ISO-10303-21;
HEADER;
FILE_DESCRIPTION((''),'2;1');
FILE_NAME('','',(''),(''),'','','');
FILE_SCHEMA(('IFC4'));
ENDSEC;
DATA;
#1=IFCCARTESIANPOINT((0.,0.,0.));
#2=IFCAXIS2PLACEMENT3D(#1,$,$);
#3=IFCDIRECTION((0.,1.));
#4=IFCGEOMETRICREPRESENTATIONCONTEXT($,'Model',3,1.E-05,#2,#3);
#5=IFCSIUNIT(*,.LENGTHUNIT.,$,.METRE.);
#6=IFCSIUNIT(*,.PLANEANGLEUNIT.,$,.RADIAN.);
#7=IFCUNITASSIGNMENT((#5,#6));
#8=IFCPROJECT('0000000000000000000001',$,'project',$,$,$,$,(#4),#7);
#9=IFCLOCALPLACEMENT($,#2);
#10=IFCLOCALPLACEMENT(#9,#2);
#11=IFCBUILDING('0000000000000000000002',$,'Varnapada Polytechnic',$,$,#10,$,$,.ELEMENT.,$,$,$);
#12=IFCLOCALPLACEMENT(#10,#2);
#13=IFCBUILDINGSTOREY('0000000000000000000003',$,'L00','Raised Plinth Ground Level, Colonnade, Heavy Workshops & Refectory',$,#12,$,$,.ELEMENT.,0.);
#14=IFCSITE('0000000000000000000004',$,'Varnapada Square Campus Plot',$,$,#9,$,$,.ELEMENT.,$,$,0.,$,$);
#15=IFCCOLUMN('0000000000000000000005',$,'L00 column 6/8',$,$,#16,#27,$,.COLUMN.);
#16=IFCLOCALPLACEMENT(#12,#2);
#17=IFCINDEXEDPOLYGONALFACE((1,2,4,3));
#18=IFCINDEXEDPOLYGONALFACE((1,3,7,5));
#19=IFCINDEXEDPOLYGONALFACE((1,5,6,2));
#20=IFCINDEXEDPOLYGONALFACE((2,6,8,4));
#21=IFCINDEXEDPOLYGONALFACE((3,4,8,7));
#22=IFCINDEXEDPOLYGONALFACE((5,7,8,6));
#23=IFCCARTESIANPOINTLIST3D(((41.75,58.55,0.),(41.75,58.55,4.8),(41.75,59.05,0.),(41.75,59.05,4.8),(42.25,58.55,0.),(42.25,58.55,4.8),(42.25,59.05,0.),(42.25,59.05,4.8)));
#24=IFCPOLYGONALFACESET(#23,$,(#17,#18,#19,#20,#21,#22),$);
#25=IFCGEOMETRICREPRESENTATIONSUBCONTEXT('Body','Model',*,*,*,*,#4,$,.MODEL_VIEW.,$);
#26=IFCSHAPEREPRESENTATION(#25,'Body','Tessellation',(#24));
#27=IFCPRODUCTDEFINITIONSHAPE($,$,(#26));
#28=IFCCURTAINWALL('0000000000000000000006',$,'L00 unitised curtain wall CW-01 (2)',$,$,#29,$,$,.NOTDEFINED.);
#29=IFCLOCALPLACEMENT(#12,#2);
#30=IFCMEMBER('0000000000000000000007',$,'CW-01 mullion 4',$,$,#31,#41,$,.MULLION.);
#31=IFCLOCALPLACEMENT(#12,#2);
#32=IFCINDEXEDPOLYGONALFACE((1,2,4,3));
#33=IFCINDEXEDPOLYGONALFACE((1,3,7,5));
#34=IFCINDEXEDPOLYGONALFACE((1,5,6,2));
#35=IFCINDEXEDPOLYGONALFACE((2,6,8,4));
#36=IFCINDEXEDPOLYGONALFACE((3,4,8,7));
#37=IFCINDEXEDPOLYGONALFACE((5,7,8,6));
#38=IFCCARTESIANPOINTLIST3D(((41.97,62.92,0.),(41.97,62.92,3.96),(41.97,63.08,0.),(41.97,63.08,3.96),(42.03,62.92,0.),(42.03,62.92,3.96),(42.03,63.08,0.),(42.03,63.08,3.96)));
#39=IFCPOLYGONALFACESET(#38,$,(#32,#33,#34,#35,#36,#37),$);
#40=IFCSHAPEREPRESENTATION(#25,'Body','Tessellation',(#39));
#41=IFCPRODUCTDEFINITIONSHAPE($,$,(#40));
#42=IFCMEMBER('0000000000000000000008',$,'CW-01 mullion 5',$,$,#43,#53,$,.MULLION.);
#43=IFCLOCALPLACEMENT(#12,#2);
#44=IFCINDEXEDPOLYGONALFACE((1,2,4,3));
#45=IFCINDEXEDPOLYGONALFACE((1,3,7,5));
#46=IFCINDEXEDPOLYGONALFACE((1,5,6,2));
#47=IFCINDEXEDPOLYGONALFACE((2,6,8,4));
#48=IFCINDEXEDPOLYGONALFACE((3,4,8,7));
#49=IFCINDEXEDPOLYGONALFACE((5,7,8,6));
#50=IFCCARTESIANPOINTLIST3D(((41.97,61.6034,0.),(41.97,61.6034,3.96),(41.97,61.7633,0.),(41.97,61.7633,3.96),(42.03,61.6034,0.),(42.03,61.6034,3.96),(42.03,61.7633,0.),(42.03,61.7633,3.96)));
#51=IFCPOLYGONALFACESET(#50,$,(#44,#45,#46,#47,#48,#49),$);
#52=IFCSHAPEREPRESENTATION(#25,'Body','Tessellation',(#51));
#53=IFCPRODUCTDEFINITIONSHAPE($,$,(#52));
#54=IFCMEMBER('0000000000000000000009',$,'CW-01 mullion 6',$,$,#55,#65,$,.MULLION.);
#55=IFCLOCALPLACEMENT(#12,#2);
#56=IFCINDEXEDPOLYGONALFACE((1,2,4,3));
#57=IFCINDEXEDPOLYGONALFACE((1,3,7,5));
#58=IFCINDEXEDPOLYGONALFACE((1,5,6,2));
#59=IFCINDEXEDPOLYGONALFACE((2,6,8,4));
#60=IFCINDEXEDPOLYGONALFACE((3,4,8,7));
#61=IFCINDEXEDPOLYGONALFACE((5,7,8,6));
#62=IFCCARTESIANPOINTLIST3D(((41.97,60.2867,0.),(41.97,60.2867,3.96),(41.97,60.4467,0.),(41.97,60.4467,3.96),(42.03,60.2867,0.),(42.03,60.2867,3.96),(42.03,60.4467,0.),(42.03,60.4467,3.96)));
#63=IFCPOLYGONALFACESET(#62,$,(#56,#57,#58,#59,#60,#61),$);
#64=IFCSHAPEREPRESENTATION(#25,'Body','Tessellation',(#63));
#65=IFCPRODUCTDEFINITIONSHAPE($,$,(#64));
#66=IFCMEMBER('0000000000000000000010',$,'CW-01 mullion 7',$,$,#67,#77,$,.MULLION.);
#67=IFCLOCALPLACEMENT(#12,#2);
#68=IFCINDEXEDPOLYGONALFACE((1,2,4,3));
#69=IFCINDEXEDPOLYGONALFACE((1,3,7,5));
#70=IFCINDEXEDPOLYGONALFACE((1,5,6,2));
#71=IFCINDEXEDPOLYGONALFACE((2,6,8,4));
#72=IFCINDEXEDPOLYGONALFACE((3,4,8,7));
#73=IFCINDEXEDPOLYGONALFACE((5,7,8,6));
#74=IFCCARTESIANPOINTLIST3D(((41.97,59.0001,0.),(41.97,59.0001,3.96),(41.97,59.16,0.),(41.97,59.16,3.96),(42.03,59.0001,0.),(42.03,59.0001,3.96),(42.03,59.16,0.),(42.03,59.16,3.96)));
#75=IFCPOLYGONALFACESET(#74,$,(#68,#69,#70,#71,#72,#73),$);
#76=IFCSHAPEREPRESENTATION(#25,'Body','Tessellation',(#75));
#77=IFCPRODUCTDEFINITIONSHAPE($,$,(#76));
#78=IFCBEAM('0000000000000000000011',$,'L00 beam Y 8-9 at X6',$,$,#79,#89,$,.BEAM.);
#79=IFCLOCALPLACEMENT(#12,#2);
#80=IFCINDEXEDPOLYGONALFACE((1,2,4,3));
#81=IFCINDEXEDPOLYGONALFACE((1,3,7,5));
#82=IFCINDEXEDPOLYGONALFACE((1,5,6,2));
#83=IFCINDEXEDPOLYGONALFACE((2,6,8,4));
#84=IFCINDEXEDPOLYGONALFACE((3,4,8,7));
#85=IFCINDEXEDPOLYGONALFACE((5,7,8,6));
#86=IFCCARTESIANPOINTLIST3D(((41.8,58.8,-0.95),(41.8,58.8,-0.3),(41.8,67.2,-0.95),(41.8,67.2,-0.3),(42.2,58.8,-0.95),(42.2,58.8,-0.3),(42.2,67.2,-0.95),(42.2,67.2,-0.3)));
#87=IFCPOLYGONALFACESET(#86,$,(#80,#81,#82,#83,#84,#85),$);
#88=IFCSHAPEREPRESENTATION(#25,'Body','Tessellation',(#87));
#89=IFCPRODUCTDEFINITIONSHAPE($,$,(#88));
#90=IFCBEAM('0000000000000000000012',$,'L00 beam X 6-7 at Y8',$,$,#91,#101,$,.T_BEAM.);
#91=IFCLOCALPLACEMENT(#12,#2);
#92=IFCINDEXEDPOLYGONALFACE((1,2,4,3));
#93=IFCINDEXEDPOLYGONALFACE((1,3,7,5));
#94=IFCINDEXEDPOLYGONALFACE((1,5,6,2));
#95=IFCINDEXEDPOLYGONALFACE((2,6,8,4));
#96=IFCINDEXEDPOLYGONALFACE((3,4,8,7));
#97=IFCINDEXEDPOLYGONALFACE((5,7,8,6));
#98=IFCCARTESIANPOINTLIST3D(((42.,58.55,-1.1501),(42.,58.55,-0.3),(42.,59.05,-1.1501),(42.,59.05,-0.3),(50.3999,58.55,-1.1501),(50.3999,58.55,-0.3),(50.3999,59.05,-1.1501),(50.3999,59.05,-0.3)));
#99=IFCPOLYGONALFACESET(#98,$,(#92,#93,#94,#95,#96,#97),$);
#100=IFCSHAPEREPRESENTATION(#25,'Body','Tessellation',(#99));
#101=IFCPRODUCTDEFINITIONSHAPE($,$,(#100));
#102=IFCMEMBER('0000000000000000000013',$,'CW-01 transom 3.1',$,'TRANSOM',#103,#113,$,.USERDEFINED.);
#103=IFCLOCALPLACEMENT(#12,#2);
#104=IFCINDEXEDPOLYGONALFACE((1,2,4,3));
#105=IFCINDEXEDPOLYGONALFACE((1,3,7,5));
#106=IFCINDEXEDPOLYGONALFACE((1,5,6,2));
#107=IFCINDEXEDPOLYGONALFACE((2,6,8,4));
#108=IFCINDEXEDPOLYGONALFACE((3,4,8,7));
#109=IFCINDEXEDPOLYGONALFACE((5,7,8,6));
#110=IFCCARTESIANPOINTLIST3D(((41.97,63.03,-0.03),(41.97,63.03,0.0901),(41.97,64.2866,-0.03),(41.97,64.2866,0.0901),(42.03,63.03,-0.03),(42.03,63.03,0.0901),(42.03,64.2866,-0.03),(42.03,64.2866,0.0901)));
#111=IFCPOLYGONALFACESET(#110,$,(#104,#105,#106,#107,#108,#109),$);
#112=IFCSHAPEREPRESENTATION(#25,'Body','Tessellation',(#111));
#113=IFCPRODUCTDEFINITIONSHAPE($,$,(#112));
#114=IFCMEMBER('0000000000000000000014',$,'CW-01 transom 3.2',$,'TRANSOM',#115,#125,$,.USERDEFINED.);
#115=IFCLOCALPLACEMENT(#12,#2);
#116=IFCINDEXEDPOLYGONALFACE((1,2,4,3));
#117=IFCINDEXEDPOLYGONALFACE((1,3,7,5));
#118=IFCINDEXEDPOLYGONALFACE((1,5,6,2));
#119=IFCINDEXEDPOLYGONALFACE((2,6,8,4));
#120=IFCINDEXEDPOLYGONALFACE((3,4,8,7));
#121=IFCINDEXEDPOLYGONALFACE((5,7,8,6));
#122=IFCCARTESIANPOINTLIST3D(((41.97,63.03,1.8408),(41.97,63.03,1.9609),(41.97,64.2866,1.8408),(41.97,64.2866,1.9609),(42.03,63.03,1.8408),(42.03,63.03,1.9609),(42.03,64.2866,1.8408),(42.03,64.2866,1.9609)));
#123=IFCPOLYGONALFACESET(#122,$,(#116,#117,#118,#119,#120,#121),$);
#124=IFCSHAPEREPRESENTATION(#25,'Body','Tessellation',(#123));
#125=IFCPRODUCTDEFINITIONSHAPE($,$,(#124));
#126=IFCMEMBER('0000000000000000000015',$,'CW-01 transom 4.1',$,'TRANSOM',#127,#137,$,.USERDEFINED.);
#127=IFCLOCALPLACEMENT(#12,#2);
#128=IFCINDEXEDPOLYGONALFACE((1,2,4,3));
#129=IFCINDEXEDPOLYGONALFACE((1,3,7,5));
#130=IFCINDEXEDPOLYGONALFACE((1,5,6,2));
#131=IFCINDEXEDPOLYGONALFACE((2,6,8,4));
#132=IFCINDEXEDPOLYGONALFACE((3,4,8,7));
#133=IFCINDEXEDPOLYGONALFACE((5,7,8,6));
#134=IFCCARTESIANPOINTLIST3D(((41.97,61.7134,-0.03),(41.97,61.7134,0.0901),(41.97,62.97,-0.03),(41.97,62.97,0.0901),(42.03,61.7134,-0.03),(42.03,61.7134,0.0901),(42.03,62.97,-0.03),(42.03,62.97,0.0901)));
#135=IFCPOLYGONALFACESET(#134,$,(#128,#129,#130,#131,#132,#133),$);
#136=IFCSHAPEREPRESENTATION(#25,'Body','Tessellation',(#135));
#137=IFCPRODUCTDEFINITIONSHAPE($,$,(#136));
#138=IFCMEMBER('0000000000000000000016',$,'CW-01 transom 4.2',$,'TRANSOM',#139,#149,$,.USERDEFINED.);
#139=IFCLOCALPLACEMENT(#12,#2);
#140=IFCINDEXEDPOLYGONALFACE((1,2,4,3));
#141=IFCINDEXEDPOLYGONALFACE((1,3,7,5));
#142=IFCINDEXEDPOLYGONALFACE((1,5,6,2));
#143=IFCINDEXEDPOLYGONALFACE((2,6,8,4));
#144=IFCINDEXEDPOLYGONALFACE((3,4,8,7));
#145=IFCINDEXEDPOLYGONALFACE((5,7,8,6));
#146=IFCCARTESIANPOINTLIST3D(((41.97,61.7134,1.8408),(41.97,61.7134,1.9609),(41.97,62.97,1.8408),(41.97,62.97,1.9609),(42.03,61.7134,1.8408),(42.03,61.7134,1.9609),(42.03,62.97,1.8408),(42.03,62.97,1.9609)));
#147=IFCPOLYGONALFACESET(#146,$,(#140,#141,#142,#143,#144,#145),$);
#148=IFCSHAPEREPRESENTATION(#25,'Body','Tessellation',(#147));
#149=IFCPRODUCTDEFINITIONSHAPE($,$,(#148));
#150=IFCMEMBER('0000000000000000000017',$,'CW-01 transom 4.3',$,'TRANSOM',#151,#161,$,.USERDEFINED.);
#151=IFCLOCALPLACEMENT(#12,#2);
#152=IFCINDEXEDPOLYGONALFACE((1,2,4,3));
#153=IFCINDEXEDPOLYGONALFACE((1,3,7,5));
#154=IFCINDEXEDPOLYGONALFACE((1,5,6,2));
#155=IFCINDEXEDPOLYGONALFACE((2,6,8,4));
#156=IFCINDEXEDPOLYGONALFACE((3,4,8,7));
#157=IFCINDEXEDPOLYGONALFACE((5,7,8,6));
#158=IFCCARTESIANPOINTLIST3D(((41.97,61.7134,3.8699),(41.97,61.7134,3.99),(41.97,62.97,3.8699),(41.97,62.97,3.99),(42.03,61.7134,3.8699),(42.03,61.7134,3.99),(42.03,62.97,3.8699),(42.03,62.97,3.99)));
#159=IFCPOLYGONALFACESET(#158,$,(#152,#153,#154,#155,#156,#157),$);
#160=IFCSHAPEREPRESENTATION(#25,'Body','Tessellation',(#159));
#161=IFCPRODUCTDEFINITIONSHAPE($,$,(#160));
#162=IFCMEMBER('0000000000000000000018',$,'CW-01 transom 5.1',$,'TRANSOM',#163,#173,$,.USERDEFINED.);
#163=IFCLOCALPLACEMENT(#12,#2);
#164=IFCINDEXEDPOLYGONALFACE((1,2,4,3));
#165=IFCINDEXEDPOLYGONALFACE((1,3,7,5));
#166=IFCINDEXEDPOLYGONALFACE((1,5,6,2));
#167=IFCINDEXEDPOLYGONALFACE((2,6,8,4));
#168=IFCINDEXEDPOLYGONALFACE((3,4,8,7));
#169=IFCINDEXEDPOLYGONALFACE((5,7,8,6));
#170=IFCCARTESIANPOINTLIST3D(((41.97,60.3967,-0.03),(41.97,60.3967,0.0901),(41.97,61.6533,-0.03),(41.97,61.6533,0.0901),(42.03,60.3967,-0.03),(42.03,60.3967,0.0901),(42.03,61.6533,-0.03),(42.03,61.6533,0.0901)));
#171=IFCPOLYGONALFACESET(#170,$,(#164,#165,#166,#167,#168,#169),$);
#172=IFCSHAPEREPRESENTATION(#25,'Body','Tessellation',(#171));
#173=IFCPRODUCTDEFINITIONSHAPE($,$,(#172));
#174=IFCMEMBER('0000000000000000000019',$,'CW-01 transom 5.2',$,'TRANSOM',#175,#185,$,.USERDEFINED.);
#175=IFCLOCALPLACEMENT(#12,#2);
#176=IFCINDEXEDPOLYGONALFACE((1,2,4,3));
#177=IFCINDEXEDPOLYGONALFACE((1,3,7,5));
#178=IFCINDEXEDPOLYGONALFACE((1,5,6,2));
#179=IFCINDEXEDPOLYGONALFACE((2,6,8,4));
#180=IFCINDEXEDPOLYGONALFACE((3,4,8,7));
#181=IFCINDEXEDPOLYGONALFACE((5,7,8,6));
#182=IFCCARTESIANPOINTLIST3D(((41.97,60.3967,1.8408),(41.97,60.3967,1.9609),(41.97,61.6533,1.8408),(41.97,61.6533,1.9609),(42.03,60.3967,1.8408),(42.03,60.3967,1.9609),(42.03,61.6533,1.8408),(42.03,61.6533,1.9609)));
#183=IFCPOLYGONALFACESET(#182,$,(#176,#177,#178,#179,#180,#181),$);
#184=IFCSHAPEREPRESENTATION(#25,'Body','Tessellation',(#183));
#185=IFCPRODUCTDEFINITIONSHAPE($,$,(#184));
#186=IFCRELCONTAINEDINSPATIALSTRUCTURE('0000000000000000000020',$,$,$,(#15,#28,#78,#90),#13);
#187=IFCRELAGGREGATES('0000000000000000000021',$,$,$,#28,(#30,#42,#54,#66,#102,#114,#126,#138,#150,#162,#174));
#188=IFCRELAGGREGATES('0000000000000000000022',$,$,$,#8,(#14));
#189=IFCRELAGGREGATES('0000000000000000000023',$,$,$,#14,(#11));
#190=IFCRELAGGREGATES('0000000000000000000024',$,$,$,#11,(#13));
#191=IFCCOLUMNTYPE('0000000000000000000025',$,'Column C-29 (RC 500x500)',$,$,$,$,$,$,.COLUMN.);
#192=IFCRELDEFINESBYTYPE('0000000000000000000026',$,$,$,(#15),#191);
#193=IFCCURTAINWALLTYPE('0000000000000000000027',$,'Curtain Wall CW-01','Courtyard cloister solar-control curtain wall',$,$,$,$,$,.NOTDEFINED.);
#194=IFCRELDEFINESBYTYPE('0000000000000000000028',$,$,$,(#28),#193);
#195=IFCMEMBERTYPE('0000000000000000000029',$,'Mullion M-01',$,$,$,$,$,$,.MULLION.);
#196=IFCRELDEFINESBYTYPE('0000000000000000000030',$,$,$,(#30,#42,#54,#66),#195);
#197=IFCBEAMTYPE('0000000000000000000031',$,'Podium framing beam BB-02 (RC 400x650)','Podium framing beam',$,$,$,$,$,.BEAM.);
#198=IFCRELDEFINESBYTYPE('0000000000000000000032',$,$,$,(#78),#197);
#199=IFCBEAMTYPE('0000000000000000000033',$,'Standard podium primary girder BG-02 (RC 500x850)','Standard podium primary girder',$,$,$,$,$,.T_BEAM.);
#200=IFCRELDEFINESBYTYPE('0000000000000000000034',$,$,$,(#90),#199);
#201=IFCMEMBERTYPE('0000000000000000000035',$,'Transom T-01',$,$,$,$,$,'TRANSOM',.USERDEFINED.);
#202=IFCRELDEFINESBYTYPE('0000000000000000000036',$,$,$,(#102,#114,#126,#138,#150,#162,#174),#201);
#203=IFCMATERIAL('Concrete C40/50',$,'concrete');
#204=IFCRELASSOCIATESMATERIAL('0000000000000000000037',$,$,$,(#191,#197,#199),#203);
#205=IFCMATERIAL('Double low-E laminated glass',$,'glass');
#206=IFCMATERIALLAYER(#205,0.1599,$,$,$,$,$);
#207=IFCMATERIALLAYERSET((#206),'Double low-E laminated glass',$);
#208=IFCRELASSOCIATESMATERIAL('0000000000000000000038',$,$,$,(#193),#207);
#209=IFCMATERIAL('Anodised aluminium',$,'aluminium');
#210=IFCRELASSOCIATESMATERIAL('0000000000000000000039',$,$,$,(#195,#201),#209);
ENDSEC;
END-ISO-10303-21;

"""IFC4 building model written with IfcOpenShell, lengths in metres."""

from ifc_helpers import new_model, si_unit, direction, frame, origin, origin_2d, place, context, subcontext, project, spatial, rectangle, extrude, material, layer, layer_set, material_profile, profile_set, type_object, element, aggregate, save


model = new_model("IFC4")

# Units and contexts
model_context = context("Model", 3, precision=1e-05, world=origin(), true_north=direction((0.0, 1.0)))
body_context = subcontext(model_context, "Body", "Model", "MODEL_VIEW")
ifc_project = project(units=[si_unit("LENGTHUNIT", "METRE"), si_unit("PLANEANGLEUNIT", "RADIAN")], contexts=[model_context])

# Site, building, storey
site_placement = place(None, origin())
site = spatial("IfcSite", under=ifc_project, at=site_placement, Name="Varnapada Square Campus Plot", CompositionType="ELEMENT", RefElevation=0.0)
building_placement = place(site_placement, origin())
building = spatial("IfcBuilding", under=site, at=building_placement, Name="Varnapada Polytechnic", CompositionType="ELEMENT")
storey_placement = place(building_placement, origin())
storey = spatial("IfcBuildingStorey", under=building, at=storey_placement, Name="L00", Description="Raised Plinth Ground Level, Colonnade, Heavy Workshops & Refectory", CompositionType="ELEMENT", Elevation=0.0)

# Column
ifc_material_1 = material(Name="Concrete C40/50", Category="concrete")
ifc_material_profile_1 = material_profile(ifc_material_1, rectangle(XDim=0.5, YDim=0.5, at=origin_2d()), Name="RC 500x500")
ifc_profile_set_1 = profile_set([ifc_material_profile_1], Name="Concrete C40/50")
column_type = type_object("IfcColumnType", Name="Column C-29 (RC 500x500)", PredefinedType="COLUMN", material=ifc_profile_set_1)
column_placement = place(storey_placement, frame((42.0, 58.8, 0.0), z_axis=(0.0, 0.0, 1.0), x_axis=(1.0, 0.0, 0.0)))
element("IfcColumn", 1, at=column_placement, inside=storey, type_object=column_type, Name="L00 column 6/8", PredefinedType="COLUMN", context=body_context, shape_type="SweptSolid", body=[
    extrude(rectangle(XDim=0.5, YDim=0.5, at=origin_2d()), origin(), (0.0, 0.0, 1.0), 4.8),
])

# Curtain wall, members
ifc_material_2 = material(Name="Double low-E laminated glass", Category="glass")
ifc_layer_1 = layer(ifc_material_2, 0.1599)
ifc_layer_set_1 = layer_set([ifc_layer_1], Name="Double low-E laminated glass")
curtain_wall_type = type_object("IfcCurtainWallType", Name="Curtain Wall CW-01", Description="Courtyard cloister solar-control curtain wall", PredefinedType="NOTDEFINED", material=ifc_layer_set_1)
curtain_wall_placement = place(storey_placement, origin())
curtain_wall = element("IfcCurtainWall", 2, at=curtain_wall_placement, inside=storey, type_object=curtain_wall_type, Name="L00 unitised curtain wall CW-01 (2)", PredefinedType="NOTDEFINED")
ifc_material_3 = material(Name="Anodised aluminium", Category="aluminium")
ifc_material_profile_2 = material_profile(ifc_material_3, rectangle(XDim=0.0601, YDim=0.1599, at=origin_2d()), Name="ALU M60x160")
ifc_profile_set_2 = profile_set([ifc_material_profile_2], Name="Anodised aluminium")
member_type_1 = type_object("IfcMemberType", Name="Mullion M-01", PredefinedType="MULLION", material=ifc_profile_set_2)
member_1_placement = place(storey_placement, frame((42.0, 63.0, 0.0), z_axis=(0.0, 0.0, 1.0), x_axis=(1.0, 0.0, 0.0)))
member_1 = element("IfcMember", 3, at=member_1_placement, type_object=member_type_1, Name="CW-01 mullion 4", PredefinedType="MULLION", context=body_context, shape_type="SweptSolid", body=[
    extrude(rectangle(XDim=0.0601, YDim=0.1599, at=origin_2d()), origin(), (0.0, 0.0, 1.0), 3.96),
])
member_2_placement = place(storey_placement, frame((42.0, 61.6833, 0.0), z_axis=(0.0, 0.0, 1.0), x_axis=(1.0, 0.0, 0.0)))
member_2 = element("IfcMember", 4, at=member_2_placement, type_object=member_type_1, Name="CW-01 mullion 5", PredefinedType="MULLION", context=body_context, shape_type="SweptSolid", body=[
    extrude(rectangle(XDim=0.0601, YDim=0.1599, at=origin_2d()), origin(), (0.0, 0.0, 1.0), 3.96),
])
member_3_placement = place(storey_placement, frame((42.0, 60.3667, 0.0), z_axis=(0.0, 0.0, 1.0), x_axis=(1.0, 0.0, 0.0)))
member_3 = element("IfcMember", 5, at=member_3_placement, type_object=member_type_1, Name="CW-01 mullion 6", PredefinedType="MULLION", context=body_context, shape_type="SweptSolid", body=[
    extrude(rectangle(XDim=0.0601, YDim=0.1599, at=origin_2d()), origin(), (0.0, 0.0, 1.0), 3.96),
])
member_4_placement = place(storey_placement, frame((42.0, 59.0801, 0.0), z_axis=(0.0, 0.0, 1.0), x_axis=(1.0, 0.0, 0.0)))
member_4 = element("IfcMember", 6, at=member_4_placement, type_object=member_type_1, Name="CW-01 mullion 7", PredefinedType="MULLION", context=body_context, shape_type="SweptSolid", body=[
    extrude(rectangle(XDim=0.0601, YDim=0.1599, at=origin_2d()), origin(), (0.0, 0.0, 1.0), 3.96),
])

# Beams
ifc_material_profile_3 = material_profile(ifc_material_1, rectangle(XDim=0.3999, YDim=0.6499, at=origin_2d()), Name="RC 400x650")
ifc_profile_set_3 = profile_set([ifc_material_profile_3], Name="Concrete C40/50")
beam_type_1 = type_object("IfcBeamType", Name="Podium framing beam BB-02 (RC 400x650)", Description="Podium framing beam", PredefinedType="BEAM", material=ifc_profile_set_3)
beam_1_placement = place(storey_placement, frame((42.0, 58.8, -0.625), z_axis=(0.0, 1.0, 0.0), x_axis=(-1.0, 0.0, 0.0)))
element("IfcBeam", 7, at=beam_1_placement, inside=storey, type_object=beam_type_1, Name="L00 beam Y 8-9 at X6", PredefinedType="BEAM", context=body_context, shape_type="SweptSolid", body=[
    extrude(rectangle(XDim=0.3999, YDim=0.6499, at=origin_2d()), origin(), (0.0, 0.0, 1.0), 8.3999),
])
ifc_material_profile_4 = material_profile(ifc_material_1, rectangle(XDim=0.5, YDim=0.8501, at=origin_2d()), Name="RC 500x850")
ifc_profile_set_4 = profile_set([ifc_material_profile_4], Name="Concrete C40/50")
beam_type_2 = type_object("IfcBeamType", Name="Standard podium primary girder BG-02 (RC 500x850)", Description="Standard podium primary girder", PredefinedType="T_BEAM", material=ifc_profile_set_4)
beam_2_placement = place(storey_placement, frame((42.0, 58.8, -0.7251), z_axis=(1.0, 0.0, 0.0), x_axis=(0.0, 1.0, 0.0)))
element("IfcBeam", 8, at=beam_2_placement, inside=storey, type_object=beam_type_2, Name="L00 beam X 6-7 at Y8", PredefinedType="T_BEAM", context=body_context, shape_type="SweptSolid", body=[
    extrude(rectangle(XDim=0.5, YDim=0.8501, at=origin_2d()), origin(), (0.0, 0.0, 1.0), 8.3999),
])

# Members
ifc_material_profile_5 = material_profile(ifc_material_3, rectangle(XDim=0.0601, YDim=0.1201, at=origin_2d()), Name="ALU T60x120")
ifc_profile_set_5 = profile_set([ifc_material_profile_5], Name="Anodised aluminium")
member_type_2 = type_object("IfcMemberType", Name="Transom T-01", ElementType="TRANSOM", PredefinedType="USERDEFINED", material=ifc_profile_set_5)
member_5_placement = place(storey_placement, frame((42.0, 64.2866, 0.03), z_axis=(0.0, -1.0, 0.0), x_axis=(1.0, 0.0, 0.0)))
member_5 = element("IfcMember", 9, at=member_5_placement, type_object=member_type_2, Name="CW-01 transom 3.1", ObjectType="TRANSOM", PredefinedType="USERDEFINED", context=body_context, shape_type="SweptSolid", body=[
    extrude(rectangle(XDim=0.0601, YDim=0.1201, at=origin_2d()), origin(), (0.0, 0.0, 1.0), 1.2566),
])
member_6_placement = place(storey_placement, frame((42.0, 64.2866, 1.9009), z_axis=(0.0, -1.0, 0.0), x_axis=(1.0, 0.0, 0.0)))
member_6 = element("IfcMember", 10, at=member_6_placement, type_object=member_type_2, Name="CW-01 transom 3.2", ObjectType="TRANSOM", PredefinedType="USERDEFINED", context=body_context, shape_type="SweptSolid", body=[
    extrude(rectangle(XDim=0.0601, YDim=0.1201, at=origin_2d()), origin(), (0.0, 0.0, 1.0), 1.2566),
])
member_7_placement = place(storey_placement, frame((42.0, 62.97, 0.03), z_axis=(0.0, -1.0, 0.0), x_axis=(1.0, 0.0, 0.0)))
member_7 = element("IfcMember", 11, at=member_7_placement, type_object=member_type_2, Name="CW-01 transom 4.1", ObjectType="TRANSOM", PredefinedType="USERDEFINED", context=body_context, shape_type="SweptSolid", body=[
    extrude(rectangle(XDim=0.0601, YDim=0.1201, at=origin_2d()), origin(), (0.0, 0.0, 1.0), 1.2566),
])
member_8_placement = place(storey_placement, frame((42.0, 62.97, 1.9009), z_axis=(0.0, -1.0, 0.0), x_axis=(1.0, 0.0, 0.0)))
member_8 = element("IfcMember", 12, at=member_8_placement, type_object=member_type_2, Name="CW-01 transom 4.2", ObjectType="TRANSOM", PredefinedType="USERDEFINED", context=body_context, shape_type="SweptSolid", body=[
    extrude(rectangle(XDim=0.0601, YDim=0.1201, at=origin_2d()), origin(), (0.0, 0.0, 1.0), 1.2566),
])
member_9_placement = place(storey_placement, frame((42.0, 62.97, 3.9299), z_axis=(0.0, -1.0, 0.0), x_axis=(1.0, 0.0, 0.0)))
member_9 = element("IfcMember", 13, at=member_9_placement, type_object=member_type_2, Name="CW-01 transom 4.3", ObjectType="TRANSOM", PredefinedType="USERDEFINED", context=body_context, shape_type="SweptSolid", body=[
    extrude(rectangle(XDim=0.0601, YDim=0.1201, at=origin_2d()), origin(), (0.0, 0.0, 1.0), 1.2566),
])
member_10_placement = place(storey_placement, frame((42.0, 61.6533, 0.03), z_axis=(0.0, -1.0, 0.0), x_axis=(1.0, 0.0, 0.0)))
member_10 = element("IfcMember", 14, at=member_10_placement, type_object=member_type_2, Name="CW-01 transom 5.1", ObjectType="TRANSOM", PredefinedType="USERDEFINED", context=body_context, shape_type="SweptSolid", body=[
    extrude(rectangle(XDim=0.0601, YDim=0.1201, at=origin_2d()), origin(), (0.0, 0.0, 1.0), 1.2566),
])
member_11_placement = place(storey_placement, frame((42.0, 61.6533, 1.9009), z_axis=(0.0, -1.0, 0.0), x_axis=(1.0, 0.0, 0.0)))
member_11 = element("IfcMember", 15, at=member_11_placement, type_object=member_type_2, Name="CW-01 transom 5.2", ObjectType="TRANSOM", PredefinedType="USERDEFINED", context=body_context, shape_type="SweptSolid", body=[
    extrude(rectangle(XDim=0.0601, YDim=0.1201, at=origin_2d()), origin(), (0.0, 0.0, 1.0), 1.2566),
])

aggregate(curtain_wall, [member_1, member_2, member_3, member_4, member_5, member_6, member_7, member_8, member_9, member_10, member_11])

save(model, "model.ifc")
